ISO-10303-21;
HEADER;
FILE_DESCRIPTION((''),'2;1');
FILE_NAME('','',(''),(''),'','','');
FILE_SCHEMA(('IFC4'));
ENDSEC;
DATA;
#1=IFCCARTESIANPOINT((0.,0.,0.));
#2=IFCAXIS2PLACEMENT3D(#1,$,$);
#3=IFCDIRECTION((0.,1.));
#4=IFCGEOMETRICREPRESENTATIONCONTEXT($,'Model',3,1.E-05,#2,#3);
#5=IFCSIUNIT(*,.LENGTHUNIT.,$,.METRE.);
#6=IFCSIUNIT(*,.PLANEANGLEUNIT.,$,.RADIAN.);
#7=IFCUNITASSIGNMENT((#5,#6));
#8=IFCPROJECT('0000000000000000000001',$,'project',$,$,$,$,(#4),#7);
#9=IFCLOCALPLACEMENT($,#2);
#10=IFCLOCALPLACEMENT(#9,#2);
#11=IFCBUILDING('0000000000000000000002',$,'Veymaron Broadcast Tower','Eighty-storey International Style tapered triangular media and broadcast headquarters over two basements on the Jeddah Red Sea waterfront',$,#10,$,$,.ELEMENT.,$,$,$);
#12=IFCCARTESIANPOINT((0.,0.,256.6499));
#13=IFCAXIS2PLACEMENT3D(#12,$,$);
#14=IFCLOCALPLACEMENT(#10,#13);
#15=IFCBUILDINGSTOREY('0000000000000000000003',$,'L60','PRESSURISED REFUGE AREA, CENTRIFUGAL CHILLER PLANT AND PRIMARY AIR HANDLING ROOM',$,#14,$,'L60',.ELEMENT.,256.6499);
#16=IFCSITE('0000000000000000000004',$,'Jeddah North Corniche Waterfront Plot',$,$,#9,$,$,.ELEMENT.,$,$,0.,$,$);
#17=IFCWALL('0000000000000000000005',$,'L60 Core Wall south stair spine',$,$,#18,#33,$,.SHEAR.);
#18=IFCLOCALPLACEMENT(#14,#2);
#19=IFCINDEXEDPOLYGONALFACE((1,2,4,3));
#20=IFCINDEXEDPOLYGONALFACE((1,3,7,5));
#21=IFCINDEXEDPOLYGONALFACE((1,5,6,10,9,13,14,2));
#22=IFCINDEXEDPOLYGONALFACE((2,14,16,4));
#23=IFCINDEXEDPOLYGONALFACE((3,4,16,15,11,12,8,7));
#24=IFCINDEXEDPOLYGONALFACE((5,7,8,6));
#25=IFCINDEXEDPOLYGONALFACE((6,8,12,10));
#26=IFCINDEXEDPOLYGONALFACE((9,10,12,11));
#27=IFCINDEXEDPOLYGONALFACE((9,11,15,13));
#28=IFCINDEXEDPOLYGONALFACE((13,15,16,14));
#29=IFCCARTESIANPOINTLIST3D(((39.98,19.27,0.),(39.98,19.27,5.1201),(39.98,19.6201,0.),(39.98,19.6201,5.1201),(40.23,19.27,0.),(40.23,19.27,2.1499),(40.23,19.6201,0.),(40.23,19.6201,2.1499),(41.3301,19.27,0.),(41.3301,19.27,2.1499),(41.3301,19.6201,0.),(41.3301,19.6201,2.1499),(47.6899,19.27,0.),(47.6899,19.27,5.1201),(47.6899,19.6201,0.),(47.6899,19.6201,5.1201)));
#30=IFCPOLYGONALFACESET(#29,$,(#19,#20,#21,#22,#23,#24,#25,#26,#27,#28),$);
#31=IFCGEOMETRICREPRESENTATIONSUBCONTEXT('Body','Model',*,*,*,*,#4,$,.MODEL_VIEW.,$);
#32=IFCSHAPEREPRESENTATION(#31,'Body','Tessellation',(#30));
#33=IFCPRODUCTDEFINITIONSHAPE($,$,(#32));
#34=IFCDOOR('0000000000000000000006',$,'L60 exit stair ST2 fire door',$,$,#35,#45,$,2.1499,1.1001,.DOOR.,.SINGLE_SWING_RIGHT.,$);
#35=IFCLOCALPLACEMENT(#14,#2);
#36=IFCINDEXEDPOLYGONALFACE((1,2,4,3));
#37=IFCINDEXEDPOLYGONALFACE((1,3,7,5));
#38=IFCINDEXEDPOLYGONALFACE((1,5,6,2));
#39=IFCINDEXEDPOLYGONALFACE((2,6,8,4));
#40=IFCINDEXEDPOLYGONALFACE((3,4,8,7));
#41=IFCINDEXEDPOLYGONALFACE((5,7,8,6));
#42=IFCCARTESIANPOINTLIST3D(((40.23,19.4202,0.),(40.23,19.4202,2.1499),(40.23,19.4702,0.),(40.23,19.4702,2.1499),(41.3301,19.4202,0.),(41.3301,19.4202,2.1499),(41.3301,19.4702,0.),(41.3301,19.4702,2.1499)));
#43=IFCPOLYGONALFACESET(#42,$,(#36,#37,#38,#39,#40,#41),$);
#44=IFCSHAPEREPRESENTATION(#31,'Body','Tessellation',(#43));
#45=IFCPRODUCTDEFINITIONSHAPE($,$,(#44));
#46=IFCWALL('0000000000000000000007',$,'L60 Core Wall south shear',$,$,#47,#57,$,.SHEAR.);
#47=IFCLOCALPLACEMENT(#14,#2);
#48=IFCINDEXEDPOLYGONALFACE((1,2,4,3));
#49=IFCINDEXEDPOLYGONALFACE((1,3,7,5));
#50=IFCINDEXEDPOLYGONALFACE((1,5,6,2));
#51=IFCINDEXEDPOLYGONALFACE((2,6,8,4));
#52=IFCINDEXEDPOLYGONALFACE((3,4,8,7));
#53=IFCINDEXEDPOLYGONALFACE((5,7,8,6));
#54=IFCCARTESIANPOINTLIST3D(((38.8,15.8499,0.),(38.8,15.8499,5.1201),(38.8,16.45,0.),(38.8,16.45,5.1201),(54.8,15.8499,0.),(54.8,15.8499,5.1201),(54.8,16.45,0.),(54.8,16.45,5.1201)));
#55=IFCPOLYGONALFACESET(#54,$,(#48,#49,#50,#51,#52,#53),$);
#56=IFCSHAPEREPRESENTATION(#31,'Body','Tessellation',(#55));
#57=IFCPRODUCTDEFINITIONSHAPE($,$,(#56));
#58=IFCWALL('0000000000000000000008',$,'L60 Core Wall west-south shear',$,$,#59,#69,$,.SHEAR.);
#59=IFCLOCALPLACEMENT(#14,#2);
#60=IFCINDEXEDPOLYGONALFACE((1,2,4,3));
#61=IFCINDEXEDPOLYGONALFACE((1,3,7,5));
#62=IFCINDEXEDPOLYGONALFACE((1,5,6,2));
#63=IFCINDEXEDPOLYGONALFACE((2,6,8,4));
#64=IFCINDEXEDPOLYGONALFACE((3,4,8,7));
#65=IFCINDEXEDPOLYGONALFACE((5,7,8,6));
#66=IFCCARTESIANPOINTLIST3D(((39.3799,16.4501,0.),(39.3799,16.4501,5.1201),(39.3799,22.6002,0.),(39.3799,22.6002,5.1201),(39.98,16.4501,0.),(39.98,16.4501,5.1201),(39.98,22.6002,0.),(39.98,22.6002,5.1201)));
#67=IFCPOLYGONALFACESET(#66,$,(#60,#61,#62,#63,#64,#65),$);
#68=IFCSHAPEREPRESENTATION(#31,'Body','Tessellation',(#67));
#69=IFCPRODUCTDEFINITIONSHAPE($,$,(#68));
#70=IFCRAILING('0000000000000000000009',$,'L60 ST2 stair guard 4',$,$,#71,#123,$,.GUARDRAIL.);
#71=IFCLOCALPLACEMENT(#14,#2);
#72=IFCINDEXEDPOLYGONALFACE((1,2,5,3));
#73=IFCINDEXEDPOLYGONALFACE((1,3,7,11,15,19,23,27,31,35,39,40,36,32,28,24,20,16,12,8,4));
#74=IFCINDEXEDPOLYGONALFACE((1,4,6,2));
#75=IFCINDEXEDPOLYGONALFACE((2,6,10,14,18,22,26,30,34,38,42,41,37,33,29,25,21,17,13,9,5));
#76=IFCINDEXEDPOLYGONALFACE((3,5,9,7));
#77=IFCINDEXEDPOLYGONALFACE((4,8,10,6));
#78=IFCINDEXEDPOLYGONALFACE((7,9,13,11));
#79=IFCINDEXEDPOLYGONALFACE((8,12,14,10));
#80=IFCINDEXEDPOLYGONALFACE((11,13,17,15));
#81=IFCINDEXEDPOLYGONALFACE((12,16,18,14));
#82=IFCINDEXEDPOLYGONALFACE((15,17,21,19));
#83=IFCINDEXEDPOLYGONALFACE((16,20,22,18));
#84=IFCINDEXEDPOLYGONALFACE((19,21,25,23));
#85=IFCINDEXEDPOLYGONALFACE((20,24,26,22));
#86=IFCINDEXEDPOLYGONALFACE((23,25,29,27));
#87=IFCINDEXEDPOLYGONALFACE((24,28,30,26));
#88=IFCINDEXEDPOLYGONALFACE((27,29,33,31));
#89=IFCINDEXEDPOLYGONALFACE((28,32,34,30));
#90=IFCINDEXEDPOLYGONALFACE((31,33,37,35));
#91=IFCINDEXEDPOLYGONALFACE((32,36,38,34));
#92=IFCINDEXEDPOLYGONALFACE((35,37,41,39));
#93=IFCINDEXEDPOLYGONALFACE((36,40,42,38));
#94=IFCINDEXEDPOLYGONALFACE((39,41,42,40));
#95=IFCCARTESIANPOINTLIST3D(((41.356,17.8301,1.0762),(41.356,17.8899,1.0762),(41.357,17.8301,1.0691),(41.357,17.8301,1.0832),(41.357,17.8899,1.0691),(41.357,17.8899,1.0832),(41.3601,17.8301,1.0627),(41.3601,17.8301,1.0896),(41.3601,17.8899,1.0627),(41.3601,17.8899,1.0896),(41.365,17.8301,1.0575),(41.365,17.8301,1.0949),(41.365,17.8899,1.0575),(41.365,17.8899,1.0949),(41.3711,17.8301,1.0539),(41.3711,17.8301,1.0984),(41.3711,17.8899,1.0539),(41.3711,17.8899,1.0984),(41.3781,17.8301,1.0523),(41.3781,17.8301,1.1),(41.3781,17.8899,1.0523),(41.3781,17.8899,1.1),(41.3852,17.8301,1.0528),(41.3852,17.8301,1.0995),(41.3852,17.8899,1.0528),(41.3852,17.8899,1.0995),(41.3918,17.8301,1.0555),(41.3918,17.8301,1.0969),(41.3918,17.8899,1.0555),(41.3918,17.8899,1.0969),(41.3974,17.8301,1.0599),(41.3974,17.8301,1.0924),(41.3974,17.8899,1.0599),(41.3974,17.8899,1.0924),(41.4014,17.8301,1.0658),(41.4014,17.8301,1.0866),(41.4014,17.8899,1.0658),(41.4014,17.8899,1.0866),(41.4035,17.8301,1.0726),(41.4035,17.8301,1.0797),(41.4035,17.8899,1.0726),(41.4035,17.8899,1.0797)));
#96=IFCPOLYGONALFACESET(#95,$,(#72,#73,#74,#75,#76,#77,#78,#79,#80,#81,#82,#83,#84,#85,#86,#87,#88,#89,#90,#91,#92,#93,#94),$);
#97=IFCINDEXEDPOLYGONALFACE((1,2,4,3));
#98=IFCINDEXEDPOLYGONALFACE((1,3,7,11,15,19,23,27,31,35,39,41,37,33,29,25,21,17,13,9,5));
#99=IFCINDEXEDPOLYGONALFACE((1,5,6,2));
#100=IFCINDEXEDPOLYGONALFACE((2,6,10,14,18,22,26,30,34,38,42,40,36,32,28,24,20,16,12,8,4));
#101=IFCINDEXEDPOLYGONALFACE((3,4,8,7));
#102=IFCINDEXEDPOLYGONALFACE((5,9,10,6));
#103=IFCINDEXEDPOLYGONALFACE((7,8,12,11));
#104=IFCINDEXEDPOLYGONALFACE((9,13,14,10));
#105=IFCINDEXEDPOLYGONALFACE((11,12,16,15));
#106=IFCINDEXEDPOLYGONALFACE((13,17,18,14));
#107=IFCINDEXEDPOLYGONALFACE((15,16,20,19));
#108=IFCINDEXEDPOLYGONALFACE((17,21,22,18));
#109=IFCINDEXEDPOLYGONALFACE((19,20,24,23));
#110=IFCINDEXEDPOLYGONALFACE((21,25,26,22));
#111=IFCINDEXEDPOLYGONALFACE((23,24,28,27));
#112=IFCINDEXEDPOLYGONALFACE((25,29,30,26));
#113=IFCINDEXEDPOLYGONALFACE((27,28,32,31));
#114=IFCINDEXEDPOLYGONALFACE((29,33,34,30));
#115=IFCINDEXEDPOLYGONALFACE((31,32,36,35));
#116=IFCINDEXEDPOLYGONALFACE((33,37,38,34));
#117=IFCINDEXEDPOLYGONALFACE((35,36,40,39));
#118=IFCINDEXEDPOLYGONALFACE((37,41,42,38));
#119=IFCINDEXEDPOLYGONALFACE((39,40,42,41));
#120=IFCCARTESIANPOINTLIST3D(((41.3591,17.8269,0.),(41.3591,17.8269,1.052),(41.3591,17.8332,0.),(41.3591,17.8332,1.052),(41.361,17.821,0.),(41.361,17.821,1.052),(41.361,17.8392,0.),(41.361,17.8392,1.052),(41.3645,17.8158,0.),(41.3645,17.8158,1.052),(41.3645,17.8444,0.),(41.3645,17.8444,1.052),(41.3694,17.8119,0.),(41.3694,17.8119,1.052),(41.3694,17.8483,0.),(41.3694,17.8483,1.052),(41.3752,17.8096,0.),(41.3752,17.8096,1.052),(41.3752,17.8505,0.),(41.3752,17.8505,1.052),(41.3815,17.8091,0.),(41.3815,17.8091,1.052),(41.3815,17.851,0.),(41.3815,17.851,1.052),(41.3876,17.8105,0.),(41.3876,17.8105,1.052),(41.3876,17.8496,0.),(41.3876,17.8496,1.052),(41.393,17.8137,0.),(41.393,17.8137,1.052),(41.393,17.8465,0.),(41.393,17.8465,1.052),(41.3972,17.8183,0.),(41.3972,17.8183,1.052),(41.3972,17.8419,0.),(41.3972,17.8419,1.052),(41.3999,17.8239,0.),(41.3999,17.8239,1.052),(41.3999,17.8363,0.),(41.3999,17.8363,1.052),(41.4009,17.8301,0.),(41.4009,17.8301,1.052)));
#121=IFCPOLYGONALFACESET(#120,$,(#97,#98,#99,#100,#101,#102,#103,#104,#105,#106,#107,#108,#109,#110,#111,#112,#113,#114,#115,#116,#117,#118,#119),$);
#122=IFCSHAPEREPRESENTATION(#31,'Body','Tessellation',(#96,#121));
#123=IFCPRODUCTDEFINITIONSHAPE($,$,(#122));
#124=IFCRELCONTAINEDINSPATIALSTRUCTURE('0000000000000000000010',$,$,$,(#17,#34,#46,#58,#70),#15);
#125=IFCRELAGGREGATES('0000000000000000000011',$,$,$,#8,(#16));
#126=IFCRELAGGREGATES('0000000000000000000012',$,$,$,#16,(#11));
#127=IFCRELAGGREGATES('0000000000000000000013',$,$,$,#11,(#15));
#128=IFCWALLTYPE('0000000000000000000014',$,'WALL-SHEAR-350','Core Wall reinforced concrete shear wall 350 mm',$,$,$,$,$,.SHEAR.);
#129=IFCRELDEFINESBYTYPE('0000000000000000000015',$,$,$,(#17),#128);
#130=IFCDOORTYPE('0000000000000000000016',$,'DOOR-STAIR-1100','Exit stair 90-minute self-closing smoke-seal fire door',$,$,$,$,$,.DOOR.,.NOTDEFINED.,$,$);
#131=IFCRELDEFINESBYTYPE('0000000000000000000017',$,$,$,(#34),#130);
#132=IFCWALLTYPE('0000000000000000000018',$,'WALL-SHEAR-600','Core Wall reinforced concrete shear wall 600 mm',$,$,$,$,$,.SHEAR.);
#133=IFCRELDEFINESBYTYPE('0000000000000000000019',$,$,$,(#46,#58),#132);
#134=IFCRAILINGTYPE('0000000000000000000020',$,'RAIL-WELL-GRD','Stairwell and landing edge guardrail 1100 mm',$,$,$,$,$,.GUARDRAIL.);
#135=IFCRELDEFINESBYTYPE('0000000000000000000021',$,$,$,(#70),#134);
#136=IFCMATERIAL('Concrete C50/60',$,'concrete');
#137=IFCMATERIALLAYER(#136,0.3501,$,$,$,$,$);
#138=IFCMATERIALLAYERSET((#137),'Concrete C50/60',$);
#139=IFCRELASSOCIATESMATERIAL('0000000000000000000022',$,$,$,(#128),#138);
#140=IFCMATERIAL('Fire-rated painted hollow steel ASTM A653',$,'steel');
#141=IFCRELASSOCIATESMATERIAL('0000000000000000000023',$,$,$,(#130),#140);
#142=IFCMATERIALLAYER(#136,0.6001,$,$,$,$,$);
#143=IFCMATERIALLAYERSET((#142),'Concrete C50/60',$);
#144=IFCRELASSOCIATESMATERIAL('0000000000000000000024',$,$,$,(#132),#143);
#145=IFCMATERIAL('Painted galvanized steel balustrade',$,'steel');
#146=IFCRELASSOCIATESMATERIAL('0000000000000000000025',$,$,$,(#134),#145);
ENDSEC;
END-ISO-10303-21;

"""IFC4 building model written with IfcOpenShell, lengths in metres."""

from ifc_helpers import new_model, si_unit, direction, frame, frame_2d, origin, origin_2d, place, context, subcontext, project, spatial, rectangle, circle, extrude, material, layer, layer_set, type_object, element, fill, save


model = new_model("IFC4")

# Units and contexts
model_context = context("Model", 3, precision=1e-05, world=origin(), true_north=direction((0.0, 1.0)))
body_context = subcontext(model_context, "Body", "Model", "MODEL_VIEW")
ifc_project = project(units=[si_unit("LENGTHUNIT", "METRE"), si_unit("PLANEANGLEUNIT", "RADIAN")], contexts=[model_context])

# Site, building, storey
site_placement = place(None, origin())
site = spatial("IfcSite", under=ifc_project, at=site_placement, Name="Jeddah North Corniche Waterfront Plot", CompositionType="ELEMENT", RefElevation=0.0)
building_placement = place(site_placement, origin())
building = spatial("IfcBuilding", under=site, at=building_placement, Name="Veymaron Broadcast Tower", Description="Eighty-storey International Style tapered triangular media and broadcast headquarters over two basements on the Jeddah Red Sea waterfront", CompositionType="ELEMENT")
storey_placement = place(building_placement, frame((0.0, 0.0, 256.6499)))
storey = spatial("IfcBuildingStorey", under=building, at=storey_placement, Name="L60", Description="PRESSURISED REFUGE AREA, CENTRIFUGAL CHILLER PLANT AND PRIMARY AIR HANDLING ROOM", LongName="L60", CompositionType="ELEMENT", Elevation=256.6499)

# Shared definitions
ifc_material_1 = material(Name="Fire-rated painted hollow steel ASTM A653", Category="steel")

# Wall, opening, door
ifc_material_2 = material(Name="Concrete C50/60", Category="concrete")
ifc_layer_1 = layer(ifc_material_2, 0.3501)
ifc_layer_set_1 = layer_set([ifc_layer_1], Name="Concrete C50/60")
wall_type_1 = type_object("IfcWallType", Name="WALL-SHEAR-350", Description="Core Wall reinforced concrete shear wall 350 mm", PredefinedType="SHEAR", material=ifc_layer_set_1)
wall_1_placement = place(storey_placement, frame((39.98, 19.4451, 0.0), z_axis=(0.0, 0.0, 1.0), x_axis=(1.0, 0.0, 0.0)))
wall_1 = element("IfcWall", 1, at=wall_1_placement, inside=storey, type_object=wall_type_1, Name="L60 Core Wall south stair spine", PredefinedType="SHEAR", context=body_context, shape_type="SweptSolid", body=[
    extrude(rectangle(XDim=7.71, YDim=0.3501, at=frame_2d((3.855, 0.0))), origin(), (0.0, 0.0, 1.0), 5.1201),
])
opening_1_placement = place(wall_1_placement, frame((0.25, 0.0, 0.0)))
opening_1 = element("IfcOpeningElement", 2, at=opening_1_placement, cuts=wall_1, PredefinedType="OPENING", context=body_context, shape_type="SweptSolid", body=[
    extrude(rectangle(XDim=1.1001, YDim=2.1499, at=frame_2d((0.55, 1.075))), frame((0.0, 0.1851, 0.0), z_axis=(0.0, -1.0, 0.0), x_axis=(1.0, 0.0, 0.0)), (0.0, 0.0, 1.0), 0.3701),
])
door_type_1 = type_object("IfcDoorType", Name="DOOR-STAIR-1100", Description="Exit stair 90-minute self-closing smoke-seal fire door", OperationType="NOTDEFINED", PredefinedType="DOOR", material=ifc_material_1)
door_1_placement = place(opening_1_placement, frame((1.1001, 0.0, 0.0), z_axis=(0.0, 0.0, 1.0), x_axis=(-1.0, 0.0, 0.0)))
door_1 = element("IfcDoor", 3, at=door_1_placement, inside=storey, type_object=door_type_1, Name="L60 exit stair ST2 fire door", OperationType="SINGLE_SWING_RIGHT", OverallHeight=2.1499, OverallWidth=1.1001, PredefinedType="DOOR", context=body_context, shape_type="SweptSolid", body=[
    extrude(rectangle(XDim=1.1001, YDim=2.1499, at=frame_2d((0.55, 1.075))), frame((0.0, 0.0249, 0.0), z_axis=(0.0, -1.0, 0.0), x_axis=(1.0, 0.0, 0.0)), (0.0, 0.0, 1.0), 0.05),
])
fill(opening_1, door_1)

# Walls
ifc_layer_2 = layer(ifc_material_2, 0.6001)
ifc_layer_set_2 = layer_set([ifc_layer_2], Name="Concrete C50/60")
wall_type_2 = type_object("IfcWallType", Name="WALL-SHEAR-600", Description="Core Wall reinforced concrete shear wall 600 mm", PredefinedType="SHEAR", material=ifc_layer_set_2)
wall_2_placement = place(storey_placement, frame((38.8, 16.1499, 0.0), z_axis=(0.0, 0.0, 1.0), x_axis=(1.0, 0.0, 0.0)))
element("IfcWall", 4, at=wall_2_placement, inside=storey, type_object=wall_type_2, Name="L60 Core Wall south shear", PredefinedType="SHEAR", context=body_context, shape_type="SweptSolid", body=[
    extrude(rectangle(XDim=16.0, YDim=0.6001, at=frame_2d((8.0, 0.0))), origin(), (0.0, 0.0, 1.0), 5.1201),
])
wall_3_placement = place(storey_placement, frame((39.6799, 16.45, 0.0), z_axis=(0.0, 0.0, 1.0), x_axis=(0.0, 1.0, 0.0)))
element("IfcWall", 5, at=wall_3_placement, inside=storey, type_object=wall_type_2, Name="L60 Core Wall west-south shear", PredefinedType="SHEAR", context=body_context, shape_type="SweptSolid", body=[
    extrude(rectangle(XDim=6.1501, YDim=0.6001, at=frame_2d((3.0752, 0.0))), origin(), (0.0, 0.0, 1.0), 5.1201),
])

# Railing
ifc_material_3 = material(Name="Painted galvanized steel balustrade", Category="steel")
railing_type = type_object("IfcRailingType", Name="RAIL-WELL-GRD", Description="Stairwell and landing edge guardrail 1100 mm", PredefinedType="GUARDRAIL", material=ifc_material_3)
railing_placement = place(storey_placement, frame((41.3799, 17.8301, 0.0)))
element("IfcRailing", 6, at=railing_placement, inside=storey, type_object=railing_type, Name="L60 ST2 stair guard 4", PredefinedType="GUARDRAIL", context=body_context, shape_type="SweptSolid", body=[
    extrude(circle(Radius=0.0239, at=origin_2d()), frame((0.0, 0.0, 1.0762), z_axis=(0.0, 1.0, 0.0), x_axis=(-1.0, 0.0, 0.0)), (0.0, 0.0, 1.0), 0.0598),
    extrude(circle(Radius=0.021, at=origin_2d()), origin(), (0.0, 0.0, 1.0), 1.052),
])

save(model, "model.ifc")
